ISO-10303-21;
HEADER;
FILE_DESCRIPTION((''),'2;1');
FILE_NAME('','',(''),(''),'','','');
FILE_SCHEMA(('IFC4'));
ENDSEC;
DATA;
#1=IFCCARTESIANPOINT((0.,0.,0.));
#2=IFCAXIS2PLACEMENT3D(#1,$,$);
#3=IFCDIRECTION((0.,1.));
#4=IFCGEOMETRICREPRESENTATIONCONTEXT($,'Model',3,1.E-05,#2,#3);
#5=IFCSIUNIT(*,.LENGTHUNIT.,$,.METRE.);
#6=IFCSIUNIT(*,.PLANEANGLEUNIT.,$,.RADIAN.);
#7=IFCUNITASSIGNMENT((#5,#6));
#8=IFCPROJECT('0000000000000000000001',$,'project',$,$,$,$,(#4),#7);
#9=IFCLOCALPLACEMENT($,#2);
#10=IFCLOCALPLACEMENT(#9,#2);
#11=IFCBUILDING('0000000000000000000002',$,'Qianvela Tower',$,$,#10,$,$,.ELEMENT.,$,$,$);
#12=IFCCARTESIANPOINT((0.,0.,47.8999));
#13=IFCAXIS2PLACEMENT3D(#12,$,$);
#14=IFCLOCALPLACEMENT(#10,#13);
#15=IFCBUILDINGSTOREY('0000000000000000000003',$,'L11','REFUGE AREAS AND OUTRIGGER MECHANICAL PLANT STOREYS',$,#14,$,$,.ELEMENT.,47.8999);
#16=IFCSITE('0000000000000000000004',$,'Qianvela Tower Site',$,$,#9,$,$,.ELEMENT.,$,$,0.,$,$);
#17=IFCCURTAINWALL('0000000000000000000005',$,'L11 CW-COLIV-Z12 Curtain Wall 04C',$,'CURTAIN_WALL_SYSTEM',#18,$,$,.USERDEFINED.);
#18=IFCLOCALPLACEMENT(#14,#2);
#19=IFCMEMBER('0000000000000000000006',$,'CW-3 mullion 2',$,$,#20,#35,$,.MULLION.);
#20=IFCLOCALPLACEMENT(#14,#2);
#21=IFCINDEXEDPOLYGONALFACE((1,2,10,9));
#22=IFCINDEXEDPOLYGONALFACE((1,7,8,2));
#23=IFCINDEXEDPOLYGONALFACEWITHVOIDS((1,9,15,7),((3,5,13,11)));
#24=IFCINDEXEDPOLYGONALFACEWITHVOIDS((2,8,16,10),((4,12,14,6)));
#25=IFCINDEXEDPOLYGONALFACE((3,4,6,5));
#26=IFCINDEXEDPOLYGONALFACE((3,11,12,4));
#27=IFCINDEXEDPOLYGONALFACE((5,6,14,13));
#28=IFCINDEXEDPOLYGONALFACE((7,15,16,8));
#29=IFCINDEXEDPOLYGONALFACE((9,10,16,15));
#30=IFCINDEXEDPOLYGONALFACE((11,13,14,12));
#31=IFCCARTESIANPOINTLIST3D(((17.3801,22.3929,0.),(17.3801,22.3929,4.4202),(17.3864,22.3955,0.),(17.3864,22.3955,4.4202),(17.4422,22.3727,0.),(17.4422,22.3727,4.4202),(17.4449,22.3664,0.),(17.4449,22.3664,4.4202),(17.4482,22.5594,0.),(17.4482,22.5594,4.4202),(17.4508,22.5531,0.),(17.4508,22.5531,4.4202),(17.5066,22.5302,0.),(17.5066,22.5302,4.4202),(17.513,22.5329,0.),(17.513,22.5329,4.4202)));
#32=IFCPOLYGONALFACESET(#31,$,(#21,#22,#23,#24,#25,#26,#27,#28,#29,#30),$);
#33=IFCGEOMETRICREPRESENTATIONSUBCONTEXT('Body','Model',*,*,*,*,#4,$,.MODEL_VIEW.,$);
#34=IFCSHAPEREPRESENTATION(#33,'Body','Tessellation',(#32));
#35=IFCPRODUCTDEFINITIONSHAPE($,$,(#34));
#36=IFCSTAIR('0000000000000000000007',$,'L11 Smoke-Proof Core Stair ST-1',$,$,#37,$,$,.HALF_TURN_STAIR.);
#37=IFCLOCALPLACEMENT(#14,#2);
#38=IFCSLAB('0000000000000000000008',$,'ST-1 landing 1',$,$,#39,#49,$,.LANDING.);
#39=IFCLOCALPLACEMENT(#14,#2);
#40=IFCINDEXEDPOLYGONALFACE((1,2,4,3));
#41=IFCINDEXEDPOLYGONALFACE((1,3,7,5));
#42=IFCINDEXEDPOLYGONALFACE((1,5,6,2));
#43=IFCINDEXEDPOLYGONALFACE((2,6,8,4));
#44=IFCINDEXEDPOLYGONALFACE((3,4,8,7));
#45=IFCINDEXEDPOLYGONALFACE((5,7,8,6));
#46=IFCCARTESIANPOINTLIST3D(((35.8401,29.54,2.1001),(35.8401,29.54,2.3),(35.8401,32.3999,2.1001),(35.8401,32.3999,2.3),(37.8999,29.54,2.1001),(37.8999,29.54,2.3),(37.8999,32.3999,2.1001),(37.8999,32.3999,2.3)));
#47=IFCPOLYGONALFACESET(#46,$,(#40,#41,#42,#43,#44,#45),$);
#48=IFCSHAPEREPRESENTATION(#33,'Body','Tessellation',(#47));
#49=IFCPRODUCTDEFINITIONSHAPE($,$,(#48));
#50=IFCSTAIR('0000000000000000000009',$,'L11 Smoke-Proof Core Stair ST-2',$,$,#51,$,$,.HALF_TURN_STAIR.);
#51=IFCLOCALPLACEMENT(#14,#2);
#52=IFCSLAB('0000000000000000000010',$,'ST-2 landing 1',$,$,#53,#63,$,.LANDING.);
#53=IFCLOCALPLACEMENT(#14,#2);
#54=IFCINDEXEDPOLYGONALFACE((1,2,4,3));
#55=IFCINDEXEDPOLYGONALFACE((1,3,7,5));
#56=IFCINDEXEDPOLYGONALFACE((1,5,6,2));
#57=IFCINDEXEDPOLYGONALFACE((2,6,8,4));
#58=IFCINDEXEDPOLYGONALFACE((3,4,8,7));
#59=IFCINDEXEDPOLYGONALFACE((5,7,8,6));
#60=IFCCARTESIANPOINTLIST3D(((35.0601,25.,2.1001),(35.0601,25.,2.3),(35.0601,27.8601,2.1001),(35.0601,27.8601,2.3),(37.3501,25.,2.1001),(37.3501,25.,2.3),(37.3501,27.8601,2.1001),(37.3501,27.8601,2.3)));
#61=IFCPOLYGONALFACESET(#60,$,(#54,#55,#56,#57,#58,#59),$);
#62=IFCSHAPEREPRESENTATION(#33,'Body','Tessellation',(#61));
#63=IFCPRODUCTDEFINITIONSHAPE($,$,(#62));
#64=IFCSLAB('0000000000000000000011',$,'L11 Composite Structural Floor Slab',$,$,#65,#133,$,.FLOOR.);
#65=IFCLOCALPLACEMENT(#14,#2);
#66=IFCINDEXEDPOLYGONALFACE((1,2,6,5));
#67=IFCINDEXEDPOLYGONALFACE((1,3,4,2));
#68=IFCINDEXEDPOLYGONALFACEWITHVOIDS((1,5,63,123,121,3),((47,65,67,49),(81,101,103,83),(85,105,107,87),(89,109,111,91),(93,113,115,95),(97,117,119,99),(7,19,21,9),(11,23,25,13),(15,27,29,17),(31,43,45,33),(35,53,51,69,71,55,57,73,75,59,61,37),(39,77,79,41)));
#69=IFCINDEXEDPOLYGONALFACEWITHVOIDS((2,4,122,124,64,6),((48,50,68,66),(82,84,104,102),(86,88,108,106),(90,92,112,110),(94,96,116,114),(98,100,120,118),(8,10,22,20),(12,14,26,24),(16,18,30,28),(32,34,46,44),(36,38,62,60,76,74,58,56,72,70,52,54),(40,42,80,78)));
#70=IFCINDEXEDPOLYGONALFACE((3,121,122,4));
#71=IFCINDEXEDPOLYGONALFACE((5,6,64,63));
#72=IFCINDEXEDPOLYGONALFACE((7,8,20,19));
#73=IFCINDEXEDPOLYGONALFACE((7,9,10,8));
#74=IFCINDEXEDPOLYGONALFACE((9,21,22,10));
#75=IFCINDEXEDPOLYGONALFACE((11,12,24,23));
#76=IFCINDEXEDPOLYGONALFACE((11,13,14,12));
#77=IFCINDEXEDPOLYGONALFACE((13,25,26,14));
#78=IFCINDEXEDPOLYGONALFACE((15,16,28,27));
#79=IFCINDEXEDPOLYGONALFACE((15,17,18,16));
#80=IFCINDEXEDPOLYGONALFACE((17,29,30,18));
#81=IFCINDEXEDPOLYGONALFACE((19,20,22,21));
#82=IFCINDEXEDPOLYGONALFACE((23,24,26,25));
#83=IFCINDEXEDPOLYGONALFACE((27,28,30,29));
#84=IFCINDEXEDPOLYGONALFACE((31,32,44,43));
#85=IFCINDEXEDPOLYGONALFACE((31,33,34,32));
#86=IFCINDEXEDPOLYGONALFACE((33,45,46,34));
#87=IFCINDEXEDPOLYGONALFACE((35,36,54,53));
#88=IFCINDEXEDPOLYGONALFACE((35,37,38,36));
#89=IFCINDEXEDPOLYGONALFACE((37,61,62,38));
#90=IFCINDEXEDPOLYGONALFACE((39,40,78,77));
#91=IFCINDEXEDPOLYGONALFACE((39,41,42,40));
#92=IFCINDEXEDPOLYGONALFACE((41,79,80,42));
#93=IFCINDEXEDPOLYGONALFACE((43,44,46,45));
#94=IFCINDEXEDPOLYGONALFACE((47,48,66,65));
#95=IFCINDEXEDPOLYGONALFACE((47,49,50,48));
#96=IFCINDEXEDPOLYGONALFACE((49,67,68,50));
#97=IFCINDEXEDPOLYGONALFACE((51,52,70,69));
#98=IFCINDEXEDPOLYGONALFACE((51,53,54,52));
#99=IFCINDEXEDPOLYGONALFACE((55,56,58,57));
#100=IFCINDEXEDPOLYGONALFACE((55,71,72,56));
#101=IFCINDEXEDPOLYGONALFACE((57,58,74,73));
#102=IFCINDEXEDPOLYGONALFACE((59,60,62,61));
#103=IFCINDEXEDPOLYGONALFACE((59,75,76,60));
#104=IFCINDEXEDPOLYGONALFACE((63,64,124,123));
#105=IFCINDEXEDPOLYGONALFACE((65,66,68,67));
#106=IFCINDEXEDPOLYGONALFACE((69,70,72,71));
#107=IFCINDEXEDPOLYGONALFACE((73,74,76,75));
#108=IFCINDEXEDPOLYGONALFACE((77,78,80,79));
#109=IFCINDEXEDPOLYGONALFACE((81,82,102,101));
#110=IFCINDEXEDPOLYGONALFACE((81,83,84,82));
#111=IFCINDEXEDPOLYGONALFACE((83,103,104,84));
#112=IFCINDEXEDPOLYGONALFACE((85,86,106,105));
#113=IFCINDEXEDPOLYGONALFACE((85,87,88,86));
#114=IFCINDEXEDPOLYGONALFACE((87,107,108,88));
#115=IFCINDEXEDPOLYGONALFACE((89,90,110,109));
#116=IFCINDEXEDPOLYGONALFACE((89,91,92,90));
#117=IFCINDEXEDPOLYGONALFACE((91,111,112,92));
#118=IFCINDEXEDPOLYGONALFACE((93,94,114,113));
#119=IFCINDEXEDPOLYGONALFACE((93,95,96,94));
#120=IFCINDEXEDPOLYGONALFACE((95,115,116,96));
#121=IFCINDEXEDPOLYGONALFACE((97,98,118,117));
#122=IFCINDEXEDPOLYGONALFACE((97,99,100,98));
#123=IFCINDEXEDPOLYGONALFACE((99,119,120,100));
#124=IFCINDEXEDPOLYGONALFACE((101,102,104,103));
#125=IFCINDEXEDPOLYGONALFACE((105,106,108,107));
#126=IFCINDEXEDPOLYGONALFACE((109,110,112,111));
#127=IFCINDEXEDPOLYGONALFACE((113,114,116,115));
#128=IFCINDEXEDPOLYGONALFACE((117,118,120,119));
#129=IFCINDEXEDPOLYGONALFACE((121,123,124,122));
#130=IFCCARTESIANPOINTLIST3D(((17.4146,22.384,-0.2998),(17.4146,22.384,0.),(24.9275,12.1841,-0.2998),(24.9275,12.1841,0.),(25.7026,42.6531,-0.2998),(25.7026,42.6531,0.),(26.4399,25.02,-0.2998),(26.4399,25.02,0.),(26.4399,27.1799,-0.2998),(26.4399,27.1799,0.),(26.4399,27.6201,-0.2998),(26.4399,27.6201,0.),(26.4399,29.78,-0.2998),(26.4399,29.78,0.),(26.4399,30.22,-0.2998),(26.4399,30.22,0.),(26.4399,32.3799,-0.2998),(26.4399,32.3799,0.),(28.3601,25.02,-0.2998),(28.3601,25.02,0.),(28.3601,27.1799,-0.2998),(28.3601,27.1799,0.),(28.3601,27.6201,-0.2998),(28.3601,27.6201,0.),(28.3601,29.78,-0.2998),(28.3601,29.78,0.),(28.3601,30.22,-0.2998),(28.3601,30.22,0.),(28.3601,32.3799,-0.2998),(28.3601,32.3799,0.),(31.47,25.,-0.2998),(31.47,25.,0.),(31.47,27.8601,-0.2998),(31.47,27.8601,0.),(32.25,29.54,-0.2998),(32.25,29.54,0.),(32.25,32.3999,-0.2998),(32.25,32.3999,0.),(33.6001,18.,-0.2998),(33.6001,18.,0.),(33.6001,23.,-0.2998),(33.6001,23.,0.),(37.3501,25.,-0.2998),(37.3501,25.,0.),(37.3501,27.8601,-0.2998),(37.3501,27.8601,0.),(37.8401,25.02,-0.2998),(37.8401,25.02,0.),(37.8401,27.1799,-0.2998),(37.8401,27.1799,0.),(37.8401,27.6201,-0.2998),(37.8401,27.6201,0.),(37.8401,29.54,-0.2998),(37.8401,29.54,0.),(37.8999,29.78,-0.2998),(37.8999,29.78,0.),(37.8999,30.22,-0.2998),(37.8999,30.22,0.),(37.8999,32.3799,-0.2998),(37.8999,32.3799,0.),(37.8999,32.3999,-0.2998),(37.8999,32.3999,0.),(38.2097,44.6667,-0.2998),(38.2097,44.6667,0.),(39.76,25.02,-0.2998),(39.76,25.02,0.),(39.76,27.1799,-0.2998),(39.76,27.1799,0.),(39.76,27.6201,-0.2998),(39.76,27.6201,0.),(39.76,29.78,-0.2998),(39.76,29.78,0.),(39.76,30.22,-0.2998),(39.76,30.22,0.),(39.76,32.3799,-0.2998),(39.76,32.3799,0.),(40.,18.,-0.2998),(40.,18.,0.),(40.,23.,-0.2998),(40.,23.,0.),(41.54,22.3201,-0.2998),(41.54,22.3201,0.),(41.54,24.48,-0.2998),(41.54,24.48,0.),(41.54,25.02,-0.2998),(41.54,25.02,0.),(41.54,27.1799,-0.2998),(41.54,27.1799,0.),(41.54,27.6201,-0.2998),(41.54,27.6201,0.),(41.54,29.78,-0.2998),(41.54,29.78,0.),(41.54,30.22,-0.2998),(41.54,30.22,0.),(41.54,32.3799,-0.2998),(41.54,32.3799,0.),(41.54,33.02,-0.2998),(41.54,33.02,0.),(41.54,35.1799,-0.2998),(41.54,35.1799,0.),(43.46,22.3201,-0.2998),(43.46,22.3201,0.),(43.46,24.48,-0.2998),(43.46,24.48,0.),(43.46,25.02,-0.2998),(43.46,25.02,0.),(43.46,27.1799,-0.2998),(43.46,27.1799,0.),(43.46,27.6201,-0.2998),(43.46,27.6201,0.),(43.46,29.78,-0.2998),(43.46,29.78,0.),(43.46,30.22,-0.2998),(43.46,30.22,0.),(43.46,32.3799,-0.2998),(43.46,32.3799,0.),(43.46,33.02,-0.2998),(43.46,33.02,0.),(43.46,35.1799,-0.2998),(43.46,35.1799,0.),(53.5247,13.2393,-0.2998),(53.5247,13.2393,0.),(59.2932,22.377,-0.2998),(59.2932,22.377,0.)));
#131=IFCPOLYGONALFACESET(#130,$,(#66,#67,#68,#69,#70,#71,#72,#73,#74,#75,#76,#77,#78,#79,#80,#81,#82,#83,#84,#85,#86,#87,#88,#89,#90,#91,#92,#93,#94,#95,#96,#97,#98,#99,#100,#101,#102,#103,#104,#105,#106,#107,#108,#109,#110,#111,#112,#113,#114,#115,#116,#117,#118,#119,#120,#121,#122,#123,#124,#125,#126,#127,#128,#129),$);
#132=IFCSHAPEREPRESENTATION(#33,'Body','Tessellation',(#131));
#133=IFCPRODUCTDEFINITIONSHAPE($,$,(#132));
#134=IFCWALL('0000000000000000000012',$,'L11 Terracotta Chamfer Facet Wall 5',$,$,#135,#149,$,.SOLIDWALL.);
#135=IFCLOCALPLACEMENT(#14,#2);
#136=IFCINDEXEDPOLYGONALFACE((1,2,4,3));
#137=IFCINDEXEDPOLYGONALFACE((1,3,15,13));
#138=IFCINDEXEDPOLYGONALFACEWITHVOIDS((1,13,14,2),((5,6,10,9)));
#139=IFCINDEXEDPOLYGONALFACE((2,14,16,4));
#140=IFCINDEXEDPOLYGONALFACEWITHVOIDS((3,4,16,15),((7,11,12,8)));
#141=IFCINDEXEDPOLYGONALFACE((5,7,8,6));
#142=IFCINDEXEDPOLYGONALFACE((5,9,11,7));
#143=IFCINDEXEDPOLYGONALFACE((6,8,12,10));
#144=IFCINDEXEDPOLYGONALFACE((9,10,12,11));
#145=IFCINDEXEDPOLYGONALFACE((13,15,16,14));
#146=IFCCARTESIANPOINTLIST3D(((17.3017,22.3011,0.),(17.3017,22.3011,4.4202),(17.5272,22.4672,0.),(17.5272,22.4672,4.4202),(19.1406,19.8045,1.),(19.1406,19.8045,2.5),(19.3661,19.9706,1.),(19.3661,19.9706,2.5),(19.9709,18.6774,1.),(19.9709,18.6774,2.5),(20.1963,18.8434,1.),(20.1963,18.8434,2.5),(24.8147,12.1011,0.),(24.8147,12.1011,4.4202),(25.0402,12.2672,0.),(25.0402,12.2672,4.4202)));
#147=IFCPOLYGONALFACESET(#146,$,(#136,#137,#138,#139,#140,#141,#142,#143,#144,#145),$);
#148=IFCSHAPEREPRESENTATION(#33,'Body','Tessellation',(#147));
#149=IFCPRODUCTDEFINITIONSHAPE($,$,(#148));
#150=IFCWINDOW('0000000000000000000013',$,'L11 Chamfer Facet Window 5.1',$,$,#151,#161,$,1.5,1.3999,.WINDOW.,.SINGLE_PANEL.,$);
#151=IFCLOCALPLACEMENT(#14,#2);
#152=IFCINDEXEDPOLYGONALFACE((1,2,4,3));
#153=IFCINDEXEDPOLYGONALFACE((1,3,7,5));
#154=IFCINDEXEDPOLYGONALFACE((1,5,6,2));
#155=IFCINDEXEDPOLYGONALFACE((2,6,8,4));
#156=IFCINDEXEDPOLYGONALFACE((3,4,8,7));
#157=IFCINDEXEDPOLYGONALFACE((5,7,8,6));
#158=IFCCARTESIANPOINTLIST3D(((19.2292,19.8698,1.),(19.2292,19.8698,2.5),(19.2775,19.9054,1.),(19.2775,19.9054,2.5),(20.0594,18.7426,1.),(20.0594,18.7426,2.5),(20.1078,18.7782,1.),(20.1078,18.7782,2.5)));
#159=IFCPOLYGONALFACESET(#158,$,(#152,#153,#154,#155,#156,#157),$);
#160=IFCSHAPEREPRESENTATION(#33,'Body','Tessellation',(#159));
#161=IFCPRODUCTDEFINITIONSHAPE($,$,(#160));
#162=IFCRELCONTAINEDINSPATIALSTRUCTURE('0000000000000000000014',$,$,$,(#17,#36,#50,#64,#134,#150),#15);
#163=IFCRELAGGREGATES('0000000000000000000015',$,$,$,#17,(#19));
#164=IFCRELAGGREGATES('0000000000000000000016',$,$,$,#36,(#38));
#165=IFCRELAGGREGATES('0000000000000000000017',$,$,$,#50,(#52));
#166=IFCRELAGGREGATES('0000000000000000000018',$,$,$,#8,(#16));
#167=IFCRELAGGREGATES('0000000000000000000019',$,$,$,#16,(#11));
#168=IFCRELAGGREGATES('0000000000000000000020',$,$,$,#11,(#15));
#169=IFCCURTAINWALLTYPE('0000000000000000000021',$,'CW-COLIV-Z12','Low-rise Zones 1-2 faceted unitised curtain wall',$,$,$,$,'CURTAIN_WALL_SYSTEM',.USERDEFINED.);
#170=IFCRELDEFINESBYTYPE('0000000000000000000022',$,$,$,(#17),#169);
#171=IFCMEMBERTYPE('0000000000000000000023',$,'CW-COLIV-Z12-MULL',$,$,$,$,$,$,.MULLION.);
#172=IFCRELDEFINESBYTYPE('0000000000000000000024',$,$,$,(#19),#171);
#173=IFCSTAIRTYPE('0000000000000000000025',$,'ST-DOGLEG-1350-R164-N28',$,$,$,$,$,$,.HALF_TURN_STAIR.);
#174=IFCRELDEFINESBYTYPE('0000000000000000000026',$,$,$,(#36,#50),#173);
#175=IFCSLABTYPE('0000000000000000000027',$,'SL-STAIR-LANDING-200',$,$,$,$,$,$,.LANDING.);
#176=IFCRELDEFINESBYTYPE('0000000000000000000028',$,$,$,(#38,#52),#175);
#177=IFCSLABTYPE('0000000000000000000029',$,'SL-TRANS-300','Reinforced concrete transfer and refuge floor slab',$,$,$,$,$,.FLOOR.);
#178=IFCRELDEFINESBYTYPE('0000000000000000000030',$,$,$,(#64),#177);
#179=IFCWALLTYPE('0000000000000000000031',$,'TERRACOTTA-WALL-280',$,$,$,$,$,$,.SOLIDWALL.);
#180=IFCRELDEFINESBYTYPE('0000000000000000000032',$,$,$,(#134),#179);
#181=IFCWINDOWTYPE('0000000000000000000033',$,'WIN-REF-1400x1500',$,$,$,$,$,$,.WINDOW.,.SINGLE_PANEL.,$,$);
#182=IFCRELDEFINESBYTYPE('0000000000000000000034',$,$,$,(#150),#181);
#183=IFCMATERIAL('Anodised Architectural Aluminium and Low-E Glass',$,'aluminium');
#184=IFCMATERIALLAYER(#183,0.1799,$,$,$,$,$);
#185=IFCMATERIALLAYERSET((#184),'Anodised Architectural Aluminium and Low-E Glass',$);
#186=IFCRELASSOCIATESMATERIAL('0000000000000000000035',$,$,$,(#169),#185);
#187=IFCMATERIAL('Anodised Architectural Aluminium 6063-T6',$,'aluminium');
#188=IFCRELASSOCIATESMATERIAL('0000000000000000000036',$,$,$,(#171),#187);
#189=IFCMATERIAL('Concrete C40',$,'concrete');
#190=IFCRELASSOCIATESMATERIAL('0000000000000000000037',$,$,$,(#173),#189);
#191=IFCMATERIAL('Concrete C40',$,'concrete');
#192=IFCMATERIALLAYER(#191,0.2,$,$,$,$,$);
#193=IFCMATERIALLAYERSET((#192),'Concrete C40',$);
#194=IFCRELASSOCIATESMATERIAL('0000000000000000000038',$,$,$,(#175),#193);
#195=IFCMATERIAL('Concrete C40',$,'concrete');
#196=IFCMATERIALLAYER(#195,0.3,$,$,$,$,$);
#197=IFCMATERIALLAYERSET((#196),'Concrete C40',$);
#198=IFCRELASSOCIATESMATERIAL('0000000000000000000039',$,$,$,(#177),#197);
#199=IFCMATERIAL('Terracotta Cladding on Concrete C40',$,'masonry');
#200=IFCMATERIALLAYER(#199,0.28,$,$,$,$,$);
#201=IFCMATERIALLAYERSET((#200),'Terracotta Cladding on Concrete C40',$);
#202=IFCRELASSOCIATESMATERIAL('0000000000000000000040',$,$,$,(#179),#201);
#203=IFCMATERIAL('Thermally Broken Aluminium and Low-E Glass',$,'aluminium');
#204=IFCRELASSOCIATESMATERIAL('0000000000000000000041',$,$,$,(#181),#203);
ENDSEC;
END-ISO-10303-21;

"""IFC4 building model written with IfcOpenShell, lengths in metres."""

from ifc_helpers import new_model, si_unit, direction, frame, frame_2d, origin, origin_2d, place, context, subcontext, project, spatial, polyline, rectangle, hollow_rectangle, outline, extrude, material, layer, layer_set, material_profile, profile_set, type_object, element, fill, aggregate, save


model = new_model("IFC4")

# Units and contexts
model_context = context("Model", 3, precision=1e-05, world=origin(), true_north=direction((0.0, 1.0)))
body_context = subcontext(model_context, "Body", "Model", "MODEL_VIEW")
ifc_project = project(units=[si_unit("LENGTHUNIT", "METRE"), si_unit("PLANEANGLEUNIT", "RADIAN")], contexts=[model_context])

# Site, building, storey
site_placement = place(None, origin())
site = spatial("IfcSite", under=ifc_project, at=site_placement, Name="Qianvela Tower Site", CompositionType="ELEMENT", RefElevation=0.0)
building_placement = place(site_placement, origin())
building = spatial("IfcBuilding", under=site, at=building_placement, Name="Qianvela Tower", CompositionType="ELEMENT")
storey_placement = place(building_placement, frame((0.0, 0.0, 47.8999)))
storey = spatial("IfcBuildingStorey", under=building, at=storey_placement, Name="L11", Description="REFUGE AREAS AND OUTRIGGER MECHANICAL PLANT STOREYS", CompositionType="ELEMENT", Elevation=47.8999)

# Curtain wall, member
ifc_material_1 = material(Name="Anodised Architectural Aluminium and Low-E Glass", Category="aluminium")
ifc_layer_1 = layer(ifc_material_1, 0.1799)
ifc_layer_set_1 = layer_set([ifc_layer_1], Name="Anodised Architectural Aluminium and Low-E Glass")
curtain_wall_type = type_object("IfcCurtainWallType", Name="CW-COLIV-Z12", Description="Low-rise Zones 1-2 faceted unitised curtain wall", ElementType="CURTAIN_WALL_SYSTEM", PredefinedType="USERDEFINED", material=ifc_layer_set_1)
curtain_wall_placement = place(storey_placement, origin())
curtain_wall = element("IfcCurtainWall", 1, at=curtain_wall_placement, inside=storey, type_object=curtain_wall_type, Name="L11 CW-COLIV-Z12 Curtain Wall 04C", ObjectType="CURTAIN_WALL_SYSTEM", PredefinedType="USERDEFINED")
ifc_material_2 = material(Name="Anodised Architectural Aluminium 6063-T6", Category="aluminium")
ifc_material_profile = material_profile(ifc_material_2, hollow_rectangle(XDim=0.0701, YDim=0.1799, WallThickness=0.0049, at=origin_2d()), Name="ALU-MULL-70x180")
ifc_profile_set = profile_set([ifc_material_profile], Name="Anodised Architectural Aluminium 6063-T6")
member_type = type_object("IfcMemberType", Name="CW-COLIV-Z12-MULL", PredefinedType="MULLION", material=ifc_profile_set)
member_placement = place(storey_placement, frame((17.4465, 22.4629, 0.0), z_axis=(0.0, 0.0, 1.0), x_axis=(0.925604, -0.378494, 0.0)))
member = element("IfcMember", 2, at=member_placement, type_object=member_type, Name="CW-3 mullion 2", PredefinedType="MULLION", context=body_context, shape_type="SweptSolid", body=[
    extrude(hollow_rectangle(XDim=0.0701, YDim=0.1799, WallThickness=0.0049, at=origin_2d()), origin(), (0.0, 0.0, 1.0), 4.4202),
])
aggregate(curtain_wall, [member])

# Stairs, slabs
ifc_material_3 = material(Name="Concrete C40", Category="concrete")
stair_type = type_object("IfcStairType", Name="ST-DOGLEG-1350-R164-N28", PredefinedType="HALF_TURN_STAIR", material=ifc_material_3)
stair_1_placement = place(storey_placement, origin())
stair_1 = element("IfcStair", 3, at=stair_1_placement, inside=storey, type_object=stair_type, Name="L11 Smoke-Proof Core Stair ST-1", PredefinedType="HALF_TURN_STAIR")
ifc_material_4 = material(Name="Concrete C40", Category="concrete")
ifc_layer_2 = layer(ifc_material_4, 0.2)
ifc_layer_set_2 = layer_set([ifc_layer_2], Name="Concrete C40")
slab_type_1 = type_object("IfcSlabType", Name="SL-STAIR-LANDING-200", PredefinedType="LANDING", material=ifc_layer_set_2)
slab_1_placement = place(storey_placement, frame((0.0, 0.0, 2.1001)))
slab_1 = element("IfcSlab", 4, at=slab_1_placement, type_object=slab_type_1, Name="ST-1 landing 1", PredefinedType="LANDING", context=body_context, shape_type="SweptSolid", body=[
    extrude(outline(polyline([(35.8401, 29.54), (37.8999, 29.54), (37.8999, 32.3999), (35.8401, 32.3999), (35.8401, 29.54)])), origin(), (0.0, 0.0, 1.0), 0.2),
])
aggregate(stair_1, [slab_1])
stair_2_placement = place(storey_placement, origin())
stair_2 = element("IfcStair", 5, at=stair_2_placement, inside=storey, type_object=stair_type, Name="L11 Smoke-Proof Core Stair ST-2", PredefinedType="HALF_TURN_STAIR")
slab_2_placement = place(storey_placement, frame((0.0, 0.0, 2.1001)))
slab_2 = element("IfcSlab", 6, at=slab_2_placement, type_object=slab_type_1, Name="ST-2 landing 1", PredefinedType="LANDING", context=body_context, shape_type="SweptSolid", body=[
    extrude(outline(polyline([(35.0601, 25.0), (37.3501, 25.0), (37.3501, 27.8601), (35.0601, 27.8601), (35.0601, 25.0)])), origin(), (0.0, 0.0, 1.0), 0.2),
])
aggregate(stair_2, [slab_2])

# Slab
ifc_material_5 = material(Name="Concrete C40", Category="concrete")
ifc_layer_3 = layer(ifc_material_5, 0.3)
ifc_layer_set_3 = layer_set([ifc_layer_3], Name="Concrete C40")
slab_type_2 = type_object("IfcSlabType", Name="SL-TRANS-300", Description="Reinforced concrete transfer and refuge floor slab", PredefinedType="FLOOR", material=ifc_layer_set_3)
slab_3_placement = place(storey_placement, frame((0.0, 0.0, -0.2998)))
element("IfcSlab", 7, at=slab_3_placement, inside=storey, type_object=slab_type_2, Name="L11 Composite Structural Floor Slab", PredefinedType="FLOOR", context=body_context, shape_type="SweptSolid", body=[
    extrude(outline(polyline([(53.5247, 13.2393), (59.2932, 22.377), (38.2097, 44.6667), (25.7026, 42.6531), (17.4146, 22.384), (24.9275, 12.1841), (53.5247, 13.2393)]), holes=[polyline([(40.0, 23.0), (33.6001, 23.0), (33.6001, 18.0), (40.0, 18.0), (40.0, 23.0)]), polyline([(28.3601, 25.02), (28.3601, 27.1799), (26.4399, 27.1799), (26.4399, 25.02), (28.3601, 25.02)]), polyline([(37.3501, 25.0), (37.3501, 27.8601), (31.47, 27.8601), (31.47, 25.0), (37.3501, 25.0)]), polyline([(28.3601, 27.6201), (28.3601, 29.78), (26.4399, 29.78), (26.4399, 27.6201), (28.3601, 27.6201)]), polyline([(37.8999, 32.3799), (37.8999, 32.3999), (32.25, 32.3999), (32.25, 29.54), (37.8401, 29.54), (37.8401, 27.6201), (39.76, 27.6201), (39.76, 29.78), (37.8999, 29.78), (37.8999, 30.22), (39.76, 30.22), (39.76, 32.3799), (37.8999, 32.3799)]), polyline([(28.3601, 30.22), (28.3601, 32.3799), (26.4399, 32.3799), (26.4399, 30.22), (28.3601, 30.22)]), polyline([(43.46, 24.48), (41.54, 24.48), (41.54, 22.3201), (43.46, 22.3201), (43.46, 24.48)]), polyline([(39.76, 25.02), (39.76, 27.1799), (37.8401, 27.1799), (37.8401, 25.02), (39.76, 25.02)]), polyline([(43.46, 25.02), (43.46, 27.1799), (41.54, 27.1799), (41.54, 25.02), (43.46, 25.02)]), polyline([(43.46, 27.6201), (43.46, 29.78), (41.54, 29.78), (41.54, 27.6201), (43.46, 27.6201)]), polyline([(43.46, 30.22), (43.46, 32.3799), (41.54, 32.3799), (41.54, 30.22), (43.46, 30.22)]), polyline([(43.46, 33.02), (43.46, 35.1799), (41.54, 35.1799), (41.54, 33.02), (43.46, 33.02)])]), origin(), (0.0, 0.0, 1.0), 0.2998),
])

# Wall, opening, window
ifc_material_6 = material(Name="Terracotta Cladding on Concrete C40", Category="masonry")
ifc_layer_4 = layer(ifc_material_6, 0.28)
ifc_layer_set_4 = layer_set([ifc_layer_4], Name="Terracotta Cladding on Concrete C40")
wall_type = type_object("IfcWallType", Name="TERRACOTTA-WALL-280", PredefinedType="SOLIDWALL", material=ifc_layer_set_4)
wall_placement = place(storey_placement, frame((17.4146, 22.384, 0.0), z_axis=(0.0, 0.0, 1.0), x_axis=(0.593055, -0.805162, 0.0)))
wall = element("IfcWall", 8, at=wall_placement, inside=storey, type_object=wall_type, Name="L11 Terracotta Chamfer Facet Wall 5", PredefinedType="SOLIDWALL", context=body_context, shape_type="SweptSolid", body=[
    extrude(rectangle(XDim=12.6682, YDim=0.28, at=frame_2d((6.334, 0.0))), origin(), (0.0, 0.0, 1.0), 4.4202),
])
opening_placement = place(wall_placement, frame((3.1006, 0.0, 1.0)))
opening = element("IfcOpeningElement", 9, at=opening_placement, cuts=wall, PredefinedType="OPENING", context=body_context, shape_type="SweptSolid", body=[
    extrude(rectangle(XDim=1.3999, YDim=1.5, at=frame_2d((0.7, 0.75))), frame((0.0, 0.1499, 0.0), z_axis=(0.0, -1.0, 0.0), x_axis=(1.0, 0.0, 0.0)), (0.0, 0.0, 1.0), 0.3),
])
ifc_material_7 = material(Name="Thermally Broken Aluminium and Low-E Glass", Category="aluminium")
window_type = type_object("IfcWindowType", Name="WIN-REF-1400x1500", PartitioningType="SINGLE_PANEL", PredefinedType="WINDOW", material=ifc_material_7)
window_placement = place(opening_placement, origin())
window = element("IfcWindow", 10, at=window_placement, inside=storey, type_object=window_type, Name="L11 Chamfer Facet Window 5.1", OverallHeight=1.5, OverallWidth=1.3999, PartitioningType="SINGLE_PANEL", PredefinedType="WINDOW", context=body_context, shape_type="SweptSolid", body=[
    extrude(rectangle(XDim=1.3999, YDim=1.5, at=frame_2d((0.7, 0.75))), frame((0.0, 0.03, 0.0), z_axis=(0.0, -1.0, 0.0), x_axis=(1.0, 0.0, 0.0)), (0.0, 0.0, 1.0), 0.0601),
])
fill(opening, window)

save(model, "model.ifc")
